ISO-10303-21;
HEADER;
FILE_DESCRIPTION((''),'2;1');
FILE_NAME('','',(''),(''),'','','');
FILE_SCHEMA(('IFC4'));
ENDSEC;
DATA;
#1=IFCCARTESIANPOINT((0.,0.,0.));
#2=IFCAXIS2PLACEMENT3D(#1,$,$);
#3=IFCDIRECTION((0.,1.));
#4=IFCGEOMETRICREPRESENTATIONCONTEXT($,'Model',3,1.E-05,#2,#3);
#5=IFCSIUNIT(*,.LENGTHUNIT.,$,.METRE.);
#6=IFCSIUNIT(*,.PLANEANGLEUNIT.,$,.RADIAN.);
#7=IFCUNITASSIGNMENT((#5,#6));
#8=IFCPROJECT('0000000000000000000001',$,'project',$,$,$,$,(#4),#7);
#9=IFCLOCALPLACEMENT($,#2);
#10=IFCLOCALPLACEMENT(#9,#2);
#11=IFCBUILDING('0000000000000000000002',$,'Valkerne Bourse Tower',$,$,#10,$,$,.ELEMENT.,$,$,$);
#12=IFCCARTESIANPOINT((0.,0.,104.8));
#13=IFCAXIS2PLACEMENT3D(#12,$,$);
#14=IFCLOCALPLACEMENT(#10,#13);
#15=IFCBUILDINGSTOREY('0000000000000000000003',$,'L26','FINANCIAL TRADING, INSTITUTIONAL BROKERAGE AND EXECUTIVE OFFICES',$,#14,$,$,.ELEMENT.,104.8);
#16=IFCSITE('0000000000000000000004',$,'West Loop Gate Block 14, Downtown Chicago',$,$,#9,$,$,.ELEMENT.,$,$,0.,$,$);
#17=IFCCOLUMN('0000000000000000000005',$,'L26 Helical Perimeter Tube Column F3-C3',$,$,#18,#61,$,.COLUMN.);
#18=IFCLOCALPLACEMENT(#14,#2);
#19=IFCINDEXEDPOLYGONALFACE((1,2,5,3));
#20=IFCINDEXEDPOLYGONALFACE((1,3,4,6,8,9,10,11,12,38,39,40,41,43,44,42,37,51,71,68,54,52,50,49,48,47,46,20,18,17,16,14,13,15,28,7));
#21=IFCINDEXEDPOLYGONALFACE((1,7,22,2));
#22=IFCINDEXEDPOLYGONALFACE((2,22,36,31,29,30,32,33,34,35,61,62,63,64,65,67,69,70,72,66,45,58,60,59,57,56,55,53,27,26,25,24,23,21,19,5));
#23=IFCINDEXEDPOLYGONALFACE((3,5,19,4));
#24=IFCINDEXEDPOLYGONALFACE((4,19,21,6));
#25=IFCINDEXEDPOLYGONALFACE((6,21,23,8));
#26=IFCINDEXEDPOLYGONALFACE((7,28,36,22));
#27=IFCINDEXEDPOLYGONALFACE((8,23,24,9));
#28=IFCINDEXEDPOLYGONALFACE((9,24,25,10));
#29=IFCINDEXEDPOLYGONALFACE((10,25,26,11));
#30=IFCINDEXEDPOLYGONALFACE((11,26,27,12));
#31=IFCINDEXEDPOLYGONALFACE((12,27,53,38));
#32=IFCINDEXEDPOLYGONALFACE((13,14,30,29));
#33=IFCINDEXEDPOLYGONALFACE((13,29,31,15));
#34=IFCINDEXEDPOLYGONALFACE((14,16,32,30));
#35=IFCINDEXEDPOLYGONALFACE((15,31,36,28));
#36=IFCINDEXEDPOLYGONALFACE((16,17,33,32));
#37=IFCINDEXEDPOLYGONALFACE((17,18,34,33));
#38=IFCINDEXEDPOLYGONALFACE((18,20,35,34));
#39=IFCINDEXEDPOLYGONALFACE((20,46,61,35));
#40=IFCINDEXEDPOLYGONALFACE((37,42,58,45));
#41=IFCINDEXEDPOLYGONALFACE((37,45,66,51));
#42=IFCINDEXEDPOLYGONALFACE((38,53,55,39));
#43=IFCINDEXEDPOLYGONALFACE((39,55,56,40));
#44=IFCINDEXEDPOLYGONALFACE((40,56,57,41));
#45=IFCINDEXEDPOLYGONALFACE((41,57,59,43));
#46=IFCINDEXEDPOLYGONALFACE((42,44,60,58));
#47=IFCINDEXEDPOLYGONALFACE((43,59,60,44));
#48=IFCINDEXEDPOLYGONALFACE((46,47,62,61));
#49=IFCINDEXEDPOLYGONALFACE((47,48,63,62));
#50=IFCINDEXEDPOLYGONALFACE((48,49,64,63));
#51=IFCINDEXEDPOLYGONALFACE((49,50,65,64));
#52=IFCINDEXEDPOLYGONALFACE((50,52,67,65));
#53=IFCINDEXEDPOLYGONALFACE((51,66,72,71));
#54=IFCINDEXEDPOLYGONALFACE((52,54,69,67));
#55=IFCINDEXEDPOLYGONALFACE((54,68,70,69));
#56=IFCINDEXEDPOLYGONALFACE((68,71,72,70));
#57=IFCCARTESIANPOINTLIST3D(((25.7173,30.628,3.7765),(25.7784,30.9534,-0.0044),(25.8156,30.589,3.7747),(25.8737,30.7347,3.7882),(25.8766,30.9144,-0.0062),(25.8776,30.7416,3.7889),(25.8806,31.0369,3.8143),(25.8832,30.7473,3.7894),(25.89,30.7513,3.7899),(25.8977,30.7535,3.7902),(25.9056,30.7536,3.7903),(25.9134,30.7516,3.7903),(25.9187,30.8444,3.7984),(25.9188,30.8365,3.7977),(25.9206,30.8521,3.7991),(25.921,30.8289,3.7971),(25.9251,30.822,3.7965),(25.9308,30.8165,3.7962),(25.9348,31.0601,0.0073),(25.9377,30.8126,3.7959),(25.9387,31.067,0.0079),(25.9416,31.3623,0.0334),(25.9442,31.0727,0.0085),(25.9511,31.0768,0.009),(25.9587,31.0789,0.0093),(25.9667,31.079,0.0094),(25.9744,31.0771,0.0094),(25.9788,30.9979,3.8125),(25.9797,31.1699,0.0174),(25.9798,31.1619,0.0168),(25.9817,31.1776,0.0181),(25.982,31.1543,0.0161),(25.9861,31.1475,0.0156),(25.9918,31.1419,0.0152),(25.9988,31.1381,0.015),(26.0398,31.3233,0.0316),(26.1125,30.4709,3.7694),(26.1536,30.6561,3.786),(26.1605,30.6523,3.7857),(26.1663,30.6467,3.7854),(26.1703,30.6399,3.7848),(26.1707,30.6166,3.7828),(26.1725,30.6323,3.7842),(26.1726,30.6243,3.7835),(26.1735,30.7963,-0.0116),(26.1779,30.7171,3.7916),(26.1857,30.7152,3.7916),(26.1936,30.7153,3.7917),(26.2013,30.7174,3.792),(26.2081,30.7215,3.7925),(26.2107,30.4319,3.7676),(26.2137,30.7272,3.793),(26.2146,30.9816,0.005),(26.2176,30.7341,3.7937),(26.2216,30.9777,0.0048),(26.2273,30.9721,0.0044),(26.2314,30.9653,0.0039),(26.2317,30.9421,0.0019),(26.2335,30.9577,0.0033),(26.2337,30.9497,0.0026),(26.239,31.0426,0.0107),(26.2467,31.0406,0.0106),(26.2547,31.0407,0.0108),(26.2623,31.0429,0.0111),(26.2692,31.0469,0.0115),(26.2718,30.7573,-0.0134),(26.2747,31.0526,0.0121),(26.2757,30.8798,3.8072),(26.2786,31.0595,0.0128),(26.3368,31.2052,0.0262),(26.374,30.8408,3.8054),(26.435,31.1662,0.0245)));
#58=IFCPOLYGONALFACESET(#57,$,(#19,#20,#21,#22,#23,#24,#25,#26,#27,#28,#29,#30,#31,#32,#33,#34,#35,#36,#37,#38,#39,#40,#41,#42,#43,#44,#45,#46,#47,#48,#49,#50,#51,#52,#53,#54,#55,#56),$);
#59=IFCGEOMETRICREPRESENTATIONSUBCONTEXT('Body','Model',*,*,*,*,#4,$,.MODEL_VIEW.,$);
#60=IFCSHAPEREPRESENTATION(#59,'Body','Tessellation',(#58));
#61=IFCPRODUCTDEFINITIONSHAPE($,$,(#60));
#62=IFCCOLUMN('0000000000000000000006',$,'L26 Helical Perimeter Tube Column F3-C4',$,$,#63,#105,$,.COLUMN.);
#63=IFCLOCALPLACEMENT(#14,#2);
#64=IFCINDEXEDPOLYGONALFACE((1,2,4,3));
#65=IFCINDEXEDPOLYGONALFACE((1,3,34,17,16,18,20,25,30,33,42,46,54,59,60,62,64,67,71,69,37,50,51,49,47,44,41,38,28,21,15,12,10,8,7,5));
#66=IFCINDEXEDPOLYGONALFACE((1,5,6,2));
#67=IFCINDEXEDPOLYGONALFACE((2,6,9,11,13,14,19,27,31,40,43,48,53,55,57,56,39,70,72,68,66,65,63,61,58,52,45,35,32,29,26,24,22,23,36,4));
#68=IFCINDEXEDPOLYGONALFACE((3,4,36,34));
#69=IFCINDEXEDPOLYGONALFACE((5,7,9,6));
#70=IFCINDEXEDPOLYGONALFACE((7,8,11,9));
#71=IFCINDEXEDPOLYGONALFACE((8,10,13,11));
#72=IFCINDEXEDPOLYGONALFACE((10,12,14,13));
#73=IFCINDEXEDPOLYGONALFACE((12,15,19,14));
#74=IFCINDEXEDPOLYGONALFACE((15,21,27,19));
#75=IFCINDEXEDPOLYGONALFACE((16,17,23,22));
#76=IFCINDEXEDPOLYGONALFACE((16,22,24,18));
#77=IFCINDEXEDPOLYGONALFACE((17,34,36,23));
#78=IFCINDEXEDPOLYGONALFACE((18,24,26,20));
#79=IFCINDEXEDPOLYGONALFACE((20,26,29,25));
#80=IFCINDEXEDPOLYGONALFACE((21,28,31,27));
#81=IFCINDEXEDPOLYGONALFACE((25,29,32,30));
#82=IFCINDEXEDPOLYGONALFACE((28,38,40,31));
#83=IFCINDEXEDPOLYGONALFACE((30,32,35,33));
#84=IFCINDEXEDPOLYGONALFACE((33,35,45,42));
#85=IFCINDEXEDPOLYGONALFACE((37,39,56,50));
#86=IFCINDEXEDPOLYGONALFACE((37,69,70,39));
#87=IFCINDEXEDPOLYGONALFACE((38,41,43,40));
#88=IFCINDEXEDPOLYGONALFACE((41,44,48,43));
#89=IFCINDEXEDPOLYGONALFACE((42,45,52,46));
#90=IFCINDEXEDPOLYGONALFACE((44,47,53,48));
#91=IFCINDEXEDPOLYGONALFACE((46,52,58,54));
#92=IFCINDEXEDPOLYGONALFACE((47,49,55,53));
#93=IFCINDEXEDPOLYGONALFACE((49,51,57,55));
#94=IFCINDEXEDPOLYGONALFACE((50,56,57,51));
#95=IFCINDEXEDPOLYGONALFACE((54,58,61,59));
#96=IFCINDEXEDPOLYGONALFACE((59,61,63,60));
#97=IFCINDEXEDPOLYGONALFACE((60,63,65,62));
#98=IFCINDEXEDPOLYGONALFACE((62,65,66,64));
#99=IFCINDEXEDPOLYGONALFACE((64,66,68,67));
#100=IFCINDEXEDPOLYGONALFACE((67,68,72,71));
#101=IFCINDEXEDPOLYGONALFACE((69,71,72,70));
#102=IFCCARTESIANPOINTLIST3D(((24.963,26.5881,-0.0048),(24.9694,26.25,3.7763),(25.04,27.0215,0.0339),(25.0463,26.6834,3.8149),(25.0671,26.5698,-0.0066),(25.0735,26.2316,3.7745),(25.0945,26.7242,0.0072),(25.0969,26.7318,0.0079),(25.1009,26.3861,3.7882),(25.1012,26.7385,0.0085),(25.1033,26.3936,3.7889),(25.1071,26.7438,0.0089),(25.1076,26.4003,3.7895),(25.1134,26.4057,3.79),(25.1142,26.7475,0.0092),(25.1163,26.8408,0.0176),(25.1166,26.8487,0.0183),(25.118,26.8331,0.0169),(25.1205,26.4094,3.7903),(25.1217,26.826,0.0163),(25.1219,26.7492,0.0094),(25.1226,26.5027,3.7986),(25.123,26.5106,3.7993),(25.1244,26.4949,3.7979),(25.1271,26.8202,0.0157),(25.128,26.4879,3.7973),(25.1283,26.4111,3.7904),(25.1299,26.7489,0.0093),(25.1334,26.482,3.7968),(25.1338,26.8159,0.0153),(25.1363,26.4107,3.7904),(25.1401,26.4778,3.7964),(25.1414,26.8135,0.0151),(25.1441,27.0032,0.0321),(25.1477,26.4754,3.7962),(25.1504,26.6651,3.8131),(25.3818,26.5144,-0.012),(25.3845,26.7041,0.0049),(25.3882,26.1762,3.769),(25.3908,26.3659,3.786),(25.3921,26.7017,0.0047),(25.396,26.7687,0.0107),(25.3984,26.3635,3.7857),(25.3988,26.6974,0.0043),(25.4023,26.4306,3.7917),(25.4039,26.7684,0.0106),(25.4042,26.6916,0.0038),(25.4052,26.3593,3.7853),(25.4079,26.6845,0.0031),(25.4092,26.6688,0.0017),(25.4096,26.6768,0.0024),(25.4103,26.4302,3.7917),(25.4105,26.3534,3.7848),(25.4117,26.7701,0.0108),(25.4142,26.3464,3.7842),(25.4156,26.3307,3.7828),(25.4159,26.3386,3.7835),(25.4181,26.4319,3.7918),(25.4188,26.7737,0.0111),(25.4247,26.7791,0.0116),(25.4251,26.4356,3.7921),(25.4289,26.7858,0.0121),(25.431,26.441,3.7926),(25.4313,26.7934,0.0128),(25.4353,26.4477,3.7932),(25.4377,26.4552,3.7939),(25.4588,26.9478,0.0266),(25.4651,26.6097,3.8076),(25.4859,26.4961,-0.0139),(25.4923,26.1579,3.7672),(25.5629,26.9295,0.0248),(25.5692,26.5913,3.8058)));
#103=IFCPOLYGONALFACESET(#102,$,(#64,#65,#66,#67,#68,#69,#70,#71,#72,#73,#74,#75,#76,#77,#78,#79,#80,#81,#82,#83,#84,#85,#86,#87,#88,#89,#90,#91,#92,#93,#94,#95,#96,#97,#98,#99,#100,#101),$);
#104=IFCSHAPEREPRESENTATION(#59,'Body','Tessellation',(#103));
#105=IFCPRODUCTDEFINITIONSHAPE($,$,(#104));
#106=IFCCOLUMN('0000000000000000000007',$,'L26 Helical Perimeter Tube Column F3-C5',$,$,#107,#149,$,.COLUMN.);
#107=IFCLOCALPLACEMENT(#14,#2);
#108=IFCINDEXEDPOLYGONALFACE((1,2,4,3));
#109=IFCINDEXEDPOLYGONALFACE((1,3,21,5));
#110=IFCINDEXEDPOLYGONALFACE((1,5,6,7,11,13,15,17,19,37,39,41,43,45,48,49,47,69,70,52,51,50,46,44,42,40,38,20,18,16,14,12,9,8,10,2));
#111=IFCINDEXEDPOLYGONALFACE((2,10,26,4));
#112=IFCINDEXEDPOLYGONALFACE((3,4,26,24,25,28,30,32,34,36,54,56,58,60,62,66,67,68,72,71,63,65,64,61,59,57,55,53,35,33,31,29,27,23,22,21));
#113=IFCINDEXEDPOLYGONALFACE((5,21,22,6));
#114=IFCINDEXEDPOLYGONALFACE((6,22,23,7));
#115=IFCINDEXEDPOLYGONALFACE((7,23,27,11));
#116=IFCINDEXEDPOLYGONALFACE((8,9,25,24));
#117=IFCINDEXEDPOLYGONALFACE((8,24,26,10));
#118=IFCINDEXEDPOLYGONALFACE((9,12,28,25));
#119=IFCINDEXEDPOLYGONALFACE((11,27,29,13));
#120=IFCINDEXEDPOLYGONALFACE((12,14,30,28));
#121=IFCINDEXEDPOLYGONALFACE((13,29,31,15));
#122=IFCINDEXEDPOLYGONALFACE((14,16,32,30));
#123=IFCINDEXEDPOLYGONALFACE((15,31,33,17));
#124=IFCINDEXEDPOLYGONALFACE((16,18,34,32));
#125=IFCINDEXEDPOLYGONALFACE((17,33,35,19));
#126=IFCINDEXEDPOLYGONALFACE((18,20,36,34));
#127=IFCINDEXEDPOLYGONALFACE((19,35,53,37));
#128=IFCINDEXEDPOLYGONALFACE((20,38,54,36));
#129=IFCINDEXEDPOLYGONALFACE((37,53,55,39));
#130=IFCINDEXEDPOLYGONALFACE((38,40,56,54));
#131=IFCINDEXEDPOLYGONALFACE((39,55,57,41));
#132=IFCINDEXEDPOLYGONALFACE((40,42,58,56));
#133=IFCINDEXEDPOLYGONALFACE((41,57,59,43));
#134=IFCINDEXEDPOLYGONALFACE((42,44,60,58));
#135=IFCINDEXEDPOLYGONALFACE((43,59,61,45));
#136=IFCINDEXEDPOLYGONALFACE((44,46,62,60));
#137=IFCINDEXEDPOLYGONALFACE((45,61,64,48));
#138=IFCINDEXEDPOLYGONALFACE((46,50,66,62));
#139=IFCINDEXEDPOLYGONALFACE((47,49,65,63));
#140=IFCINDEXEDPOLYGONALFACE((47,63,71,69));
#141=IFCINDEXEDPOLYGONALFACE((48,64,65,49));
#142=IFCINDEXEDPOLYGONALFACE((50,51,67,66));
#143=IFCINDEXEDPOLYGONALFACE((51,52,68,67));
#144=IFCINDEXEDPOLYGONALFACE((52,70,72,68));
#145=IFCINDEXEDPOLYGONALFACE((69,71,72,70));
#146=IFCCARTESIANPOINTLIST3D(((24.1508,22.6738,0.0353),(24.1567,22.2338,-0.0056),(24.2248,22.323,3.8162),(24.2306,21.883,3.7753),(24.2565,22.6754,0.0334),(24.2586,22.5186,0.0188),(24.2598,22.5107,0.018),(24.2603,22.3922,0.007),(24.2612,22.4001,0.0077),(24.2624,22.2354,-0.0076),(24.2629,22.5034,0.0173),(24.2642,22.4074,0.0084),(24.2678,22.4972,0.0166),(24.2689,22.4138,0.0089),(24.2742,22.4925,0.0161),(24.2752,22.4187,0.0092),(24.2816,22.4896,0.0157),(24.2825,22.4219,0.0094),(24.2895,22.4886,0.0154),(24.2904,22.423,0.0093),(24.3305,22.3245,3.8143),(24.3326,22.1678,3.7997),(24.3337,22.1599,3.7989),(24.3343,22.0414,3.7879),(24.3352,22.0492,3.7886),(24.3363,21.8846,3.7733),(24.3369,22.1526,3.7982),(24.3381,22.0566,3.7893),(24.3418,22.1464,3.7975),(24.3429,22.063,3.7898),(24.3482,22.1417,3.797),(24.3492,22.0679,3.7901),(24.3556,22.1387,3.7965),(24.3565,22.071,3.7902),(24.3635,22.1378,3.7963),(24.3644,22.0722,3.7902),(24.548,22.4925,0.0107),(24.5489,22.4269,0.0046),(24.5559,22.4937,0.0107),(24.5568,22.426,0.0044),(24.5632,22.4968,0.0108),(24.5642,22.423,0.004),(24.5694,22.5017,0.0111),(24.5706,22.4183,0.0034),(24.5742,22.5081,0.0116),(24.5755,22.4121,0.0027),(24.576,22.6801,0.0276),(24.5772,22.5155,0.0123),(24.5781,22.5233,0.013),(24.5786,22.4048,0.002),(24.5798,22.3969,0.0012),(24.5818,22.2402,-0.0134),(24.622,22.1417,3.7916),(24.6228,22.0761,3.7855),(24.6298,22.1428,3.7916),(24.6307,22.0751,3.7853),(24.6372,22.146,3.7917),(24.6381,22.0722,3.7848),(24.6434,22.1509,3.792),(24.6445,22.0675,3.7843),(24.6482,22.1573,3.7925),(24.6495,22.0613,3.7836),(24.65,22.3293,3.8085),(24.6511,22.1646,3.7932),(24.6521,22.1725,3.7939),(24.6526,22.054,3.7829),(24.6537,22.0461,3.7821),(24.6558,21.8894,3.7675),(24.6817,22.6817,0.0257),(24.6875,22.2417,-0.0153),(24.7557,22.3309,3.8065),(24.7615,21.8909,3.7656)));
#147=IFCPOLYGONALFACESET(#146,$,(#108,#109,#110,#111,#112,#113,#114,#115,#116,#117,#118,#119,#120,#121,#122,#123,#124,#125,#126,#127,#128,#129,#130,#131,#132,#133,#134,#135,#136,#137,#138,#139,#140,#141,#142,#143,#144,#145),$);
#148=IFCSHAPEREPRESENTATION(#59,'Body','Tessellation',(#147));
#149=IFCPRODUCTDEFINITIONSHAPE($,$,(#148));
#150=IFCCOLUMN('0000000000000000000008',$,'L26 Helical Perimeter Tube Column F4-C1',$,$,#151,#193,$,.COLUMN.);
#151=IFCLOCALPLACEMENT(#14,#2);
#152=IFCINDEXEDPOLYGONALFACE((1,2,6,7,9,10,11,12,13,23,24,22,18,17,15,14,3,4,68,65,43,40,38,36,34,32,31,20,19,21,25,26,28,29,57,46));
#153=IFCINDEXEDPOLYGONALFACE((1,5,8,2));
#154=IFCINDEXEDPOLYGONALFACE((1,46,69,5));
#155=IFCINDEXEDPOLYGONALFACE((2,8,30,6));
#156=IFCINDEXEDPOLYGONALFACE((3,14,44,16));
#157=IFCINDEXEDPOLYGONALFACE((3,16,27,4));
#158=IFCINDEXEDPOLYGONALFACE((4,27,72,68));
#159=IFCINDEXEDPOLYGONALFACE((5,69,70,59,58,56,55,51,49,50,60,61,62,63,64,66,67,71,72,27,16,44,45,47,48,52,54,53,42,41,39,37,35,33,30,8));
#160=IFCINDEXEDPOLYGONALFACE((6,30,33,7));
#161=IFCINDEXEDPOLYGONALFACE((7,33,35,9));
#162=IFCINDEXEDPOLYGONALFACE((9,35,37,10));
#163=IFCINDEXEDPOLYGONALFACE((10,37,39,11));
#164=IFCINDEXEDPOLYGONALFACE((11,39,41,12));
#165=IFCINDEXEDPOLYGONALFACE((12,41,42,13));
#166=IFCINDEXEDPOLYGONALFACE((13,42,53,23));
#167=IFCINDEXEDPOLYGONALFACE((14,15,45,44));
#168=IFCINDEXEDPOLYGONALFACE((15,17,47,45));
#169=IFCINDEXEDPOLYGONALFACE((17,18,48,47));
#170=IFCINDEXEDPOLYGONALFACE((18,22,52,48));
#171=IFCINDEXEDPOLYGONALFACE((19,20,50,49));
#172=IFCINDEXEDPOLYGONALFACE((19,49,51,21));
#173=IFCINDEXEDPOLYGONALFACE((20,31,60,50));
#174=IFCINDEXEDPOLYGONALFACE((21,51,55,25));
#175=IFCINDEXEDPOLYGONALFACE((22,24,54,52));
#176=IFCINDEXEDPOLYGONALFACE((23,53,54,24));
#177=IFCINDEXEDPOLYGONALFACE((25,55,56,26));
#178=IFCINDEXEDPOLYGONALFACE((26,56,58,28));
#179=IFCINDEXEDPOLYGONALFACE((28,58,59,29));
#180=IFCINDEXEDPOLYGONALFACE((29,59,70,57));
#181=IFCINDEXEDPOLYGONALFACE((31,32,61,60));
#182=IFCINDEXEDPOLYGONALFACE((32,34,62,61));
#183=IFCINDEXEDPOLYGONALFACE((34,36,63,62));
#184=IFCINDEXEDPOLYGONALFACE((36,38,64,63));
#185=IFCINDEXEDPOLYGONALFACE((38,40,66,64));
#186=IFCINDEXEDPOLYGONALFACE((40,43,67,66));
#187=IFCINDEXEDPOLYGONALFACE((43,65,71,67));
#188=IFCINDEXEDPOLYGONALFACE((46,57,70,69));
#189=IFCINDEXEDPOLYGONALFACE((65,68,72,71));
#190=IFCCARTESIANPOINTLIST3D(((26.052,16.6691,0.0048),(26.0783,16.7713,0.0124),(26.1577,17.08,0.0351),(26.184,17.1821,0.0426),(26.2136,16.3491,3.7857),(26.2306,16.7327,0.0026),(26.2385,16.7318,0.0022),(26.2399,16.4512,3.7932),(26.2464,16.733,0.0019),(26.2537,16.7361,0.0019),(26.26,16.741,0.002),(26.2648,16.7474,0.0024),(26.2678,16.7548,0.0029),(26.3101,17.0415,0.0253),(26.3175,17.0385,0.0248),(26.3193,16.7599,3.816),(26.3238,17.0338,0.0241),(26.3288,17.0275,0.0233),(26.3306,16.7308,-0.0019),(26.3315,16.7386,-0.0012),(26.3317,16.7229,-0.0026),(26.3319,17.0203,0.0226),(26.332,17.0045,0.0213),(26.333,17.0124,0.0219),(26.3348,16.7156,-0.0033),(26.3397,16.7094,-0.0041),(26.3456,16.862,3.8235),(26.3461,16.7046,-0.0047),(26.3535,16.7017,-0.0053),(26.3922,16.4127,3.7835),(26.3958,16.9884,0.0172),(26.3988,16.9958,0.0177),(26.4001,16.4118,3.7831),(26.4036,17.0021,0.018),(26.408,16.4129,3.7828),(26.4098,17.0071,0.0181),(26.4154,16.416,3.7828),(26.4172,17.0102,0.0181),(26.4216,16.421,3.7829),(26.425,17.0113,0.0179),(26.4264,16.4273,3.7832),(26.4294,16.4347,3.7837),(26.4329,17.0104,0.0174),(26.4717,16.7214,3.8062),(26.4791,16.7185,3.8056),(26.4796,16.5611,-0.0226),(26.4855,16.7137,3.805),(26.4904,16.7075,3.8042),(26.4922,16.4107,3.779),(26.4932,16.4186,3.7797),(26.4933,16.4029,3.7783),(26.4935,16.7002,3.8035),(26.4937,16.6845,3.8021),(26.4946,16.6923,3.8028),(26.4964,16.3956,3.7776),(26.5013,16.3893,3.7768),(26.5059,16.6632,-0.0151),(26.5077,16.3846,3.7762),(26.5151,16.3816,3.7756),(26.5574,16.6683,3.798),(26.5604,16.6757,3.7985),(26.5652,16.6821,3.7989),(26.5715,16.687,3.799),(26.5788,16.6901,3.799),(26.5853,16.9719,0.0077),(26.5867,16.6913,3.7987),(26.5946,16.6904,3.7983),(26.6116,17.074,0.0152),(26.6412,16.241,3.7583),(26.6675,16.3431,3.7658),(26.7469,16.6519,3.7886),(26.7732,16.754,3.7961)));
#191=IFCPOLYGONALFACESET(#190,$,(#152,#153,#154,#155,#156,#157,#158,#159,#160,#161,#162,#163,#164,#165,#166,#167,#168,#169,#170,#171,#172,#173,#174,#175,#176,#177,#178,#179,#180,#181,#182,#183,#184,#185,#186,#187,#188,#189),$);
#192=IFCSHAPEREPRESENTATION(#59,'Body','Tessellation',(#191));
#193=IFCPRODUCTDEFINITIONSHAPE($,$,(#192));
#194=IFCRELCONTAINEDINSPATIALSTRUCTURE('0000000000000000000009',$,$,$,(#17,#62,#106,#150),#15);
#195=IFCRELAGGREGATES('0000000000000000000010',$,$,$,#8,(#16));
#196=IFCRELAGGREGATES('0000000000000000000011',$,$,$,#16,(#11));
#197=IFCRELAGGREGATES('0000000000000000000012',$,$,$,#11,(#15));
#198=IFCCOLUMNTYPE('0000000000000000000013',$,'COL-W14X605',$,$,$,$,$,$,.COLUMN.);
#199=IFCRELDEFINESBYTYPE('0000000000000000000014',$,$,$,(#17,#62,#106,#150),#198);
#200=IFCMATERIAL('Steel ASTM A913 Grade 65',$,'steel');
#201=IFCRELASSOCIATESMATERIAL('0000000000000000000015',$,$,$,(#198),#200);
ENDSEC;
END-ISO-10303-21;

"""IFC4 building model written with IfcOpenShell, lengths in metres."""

from ifc_helpers import new_model, si_unit, direction, frame, origin, origin_2d, place, context, subcontext, project, spatial, i_section, extrude, material, material_profile, profile_set, type_object, element, save


model = new_model("IFC4")

# Units and contexts
model_context = context("Model", 3, precision=1e-05, world=origin(), true_north=direction((0.0, 1.0)))
body_context = subcontext(model_context, "Body", "Model", "MODEL_VIEW")
ifc_project = project(units=[si_unit("LENGTHUNIT", "METRE"), si_unit("PLANEANGLEUNIT", "RADIAN")], contexts=[model_context])

# Site, building, storey
site_placement = place(None, origin())
site = spatial("IfcSite", under=ifc_project, at=site_placement, Name="West Loop Gate Block 14, Downtown Chicago", CompositionType="ELEMENT", RefElevation=0.0)
building_placement = place(site_placement, origin())
building = spatial("IfcBuilding", under=site, at=building_placement, Name="Valkerne Bourse Tower", CompositionType="ELEMENT")
storey_placement = place(building_placement, frame((0.0, 0.0, 104.8)))
storey = spatial("IfcBuildingStorey", under=building, at=storey_placement, Name="L26", Description="FINANCIAL TRADING, INSTITUTIONAL BROKERAGE AND EXECUTIVE OFFICES", CompositionType="ELEMENT", Elevation=104.8)

# Columns
ifc_material_1 = material(Name="Steel ASTM A913 Grade 65", Category="steel")
ifc_material_profile_1 = material_profile(ifc_material_1, i_section(OverallWidth=0.4419, OverallDepth=0.531, WebThickness=0.0659, FlangeThickness=0.1057, FilletRadius=0.0305, at=origin_2d()), Name="W14X605")
ifc_profile_set_1 = profile_set([ifc_material_profile_1], Name="Steel ASTM A913 Grade 65")
column_type = type_object("IfcColumnType", Name="COL-W14X605", PredefinedType="COLUMN", material=ifc_profile_set_1)
column_1_placement = place(storey_placement, frame((26.1067, 31.0598, 0.01), z_axis=(-0.016081, -0.085744, 0.996187), x_axis=(-0.369418, -0.925312, -0.085607)))
element("IfcColumn", 1, at=column_1_placement, inside=storey, type_object=column_type, Name="L26 Helical Perimeter Tube Column F3-C3", PredefinedType="COLUMN", context=body_context, shape_type="SweptSolid", body=[
    extrude(i_section(OverallWidth=0.4419, OverallDepth=0.531, WebThickness=0.0659, FlangeThickness=0.1057, FilletRadius=0.0305, at=origin_2d()), origin(), (0.0, 0.0, 1.0), 3.7954),
])
column_2_placement = place(storey_placement, frame((25.2629, 26.7588, 0.01), z_axis=(0.001672, -0.089074, 0.996024), x_axis=(-0.174143, -0.980832, -0.087423)))
element("IfcColumn", 2, at=column_2_placement, inside=storey, type_object=column_type, Name="L26 Helical Perimeter Tube Column F3-C4", PredefinedType="COLUMN", context=body_context, shape_type="SweptSolid", body=[
    extrude(i_section(OverallWidth=0.4419, OverallDepth=0.531, WebThickness=0.0659, FlangeThickness=0.1057, FilletRadius=0.0305, at=origin_2d()), origin(), (0.0, 0.0, 1.0), 3.7961),
])
for number, where, z_axis, x_axis, name in (
    (3, (24.4192, 22.4578, 0.01), (0.019477, -0.092373, 0.995534), (0.013176, -0.995613, -0.092638), "L26 Helical Perimeter Tube Column F3-C5"),
    (4, (26.3318, 16.8716, 0.01), (0.042555, -0.084274, 0.995534), (0.967657, -0.244516, -0.062062), "L26 Helical Perimeter Tube Column F4-C1"),
):
    element("IfcColumn", number, at=place(storey_placement, frame(where, z_axis=z_axis, x_axis=x_axis)), inside=storey, type_object=column_type, Name=name, PredefinedType="COLUMN", context=body_context, shape_type="SweptSolid", body=[
        extrude(i_section(OverallWidth=0.4419, OverallDepth=0.531, WebThickness=0.0659, FlangeThickness=0.1057, FilletRadius=0.0305, at=origin_2d()), origin(), (0.0, 0.0, 1.0), 3.7979),
    ])

save(model, "model.ifc")
